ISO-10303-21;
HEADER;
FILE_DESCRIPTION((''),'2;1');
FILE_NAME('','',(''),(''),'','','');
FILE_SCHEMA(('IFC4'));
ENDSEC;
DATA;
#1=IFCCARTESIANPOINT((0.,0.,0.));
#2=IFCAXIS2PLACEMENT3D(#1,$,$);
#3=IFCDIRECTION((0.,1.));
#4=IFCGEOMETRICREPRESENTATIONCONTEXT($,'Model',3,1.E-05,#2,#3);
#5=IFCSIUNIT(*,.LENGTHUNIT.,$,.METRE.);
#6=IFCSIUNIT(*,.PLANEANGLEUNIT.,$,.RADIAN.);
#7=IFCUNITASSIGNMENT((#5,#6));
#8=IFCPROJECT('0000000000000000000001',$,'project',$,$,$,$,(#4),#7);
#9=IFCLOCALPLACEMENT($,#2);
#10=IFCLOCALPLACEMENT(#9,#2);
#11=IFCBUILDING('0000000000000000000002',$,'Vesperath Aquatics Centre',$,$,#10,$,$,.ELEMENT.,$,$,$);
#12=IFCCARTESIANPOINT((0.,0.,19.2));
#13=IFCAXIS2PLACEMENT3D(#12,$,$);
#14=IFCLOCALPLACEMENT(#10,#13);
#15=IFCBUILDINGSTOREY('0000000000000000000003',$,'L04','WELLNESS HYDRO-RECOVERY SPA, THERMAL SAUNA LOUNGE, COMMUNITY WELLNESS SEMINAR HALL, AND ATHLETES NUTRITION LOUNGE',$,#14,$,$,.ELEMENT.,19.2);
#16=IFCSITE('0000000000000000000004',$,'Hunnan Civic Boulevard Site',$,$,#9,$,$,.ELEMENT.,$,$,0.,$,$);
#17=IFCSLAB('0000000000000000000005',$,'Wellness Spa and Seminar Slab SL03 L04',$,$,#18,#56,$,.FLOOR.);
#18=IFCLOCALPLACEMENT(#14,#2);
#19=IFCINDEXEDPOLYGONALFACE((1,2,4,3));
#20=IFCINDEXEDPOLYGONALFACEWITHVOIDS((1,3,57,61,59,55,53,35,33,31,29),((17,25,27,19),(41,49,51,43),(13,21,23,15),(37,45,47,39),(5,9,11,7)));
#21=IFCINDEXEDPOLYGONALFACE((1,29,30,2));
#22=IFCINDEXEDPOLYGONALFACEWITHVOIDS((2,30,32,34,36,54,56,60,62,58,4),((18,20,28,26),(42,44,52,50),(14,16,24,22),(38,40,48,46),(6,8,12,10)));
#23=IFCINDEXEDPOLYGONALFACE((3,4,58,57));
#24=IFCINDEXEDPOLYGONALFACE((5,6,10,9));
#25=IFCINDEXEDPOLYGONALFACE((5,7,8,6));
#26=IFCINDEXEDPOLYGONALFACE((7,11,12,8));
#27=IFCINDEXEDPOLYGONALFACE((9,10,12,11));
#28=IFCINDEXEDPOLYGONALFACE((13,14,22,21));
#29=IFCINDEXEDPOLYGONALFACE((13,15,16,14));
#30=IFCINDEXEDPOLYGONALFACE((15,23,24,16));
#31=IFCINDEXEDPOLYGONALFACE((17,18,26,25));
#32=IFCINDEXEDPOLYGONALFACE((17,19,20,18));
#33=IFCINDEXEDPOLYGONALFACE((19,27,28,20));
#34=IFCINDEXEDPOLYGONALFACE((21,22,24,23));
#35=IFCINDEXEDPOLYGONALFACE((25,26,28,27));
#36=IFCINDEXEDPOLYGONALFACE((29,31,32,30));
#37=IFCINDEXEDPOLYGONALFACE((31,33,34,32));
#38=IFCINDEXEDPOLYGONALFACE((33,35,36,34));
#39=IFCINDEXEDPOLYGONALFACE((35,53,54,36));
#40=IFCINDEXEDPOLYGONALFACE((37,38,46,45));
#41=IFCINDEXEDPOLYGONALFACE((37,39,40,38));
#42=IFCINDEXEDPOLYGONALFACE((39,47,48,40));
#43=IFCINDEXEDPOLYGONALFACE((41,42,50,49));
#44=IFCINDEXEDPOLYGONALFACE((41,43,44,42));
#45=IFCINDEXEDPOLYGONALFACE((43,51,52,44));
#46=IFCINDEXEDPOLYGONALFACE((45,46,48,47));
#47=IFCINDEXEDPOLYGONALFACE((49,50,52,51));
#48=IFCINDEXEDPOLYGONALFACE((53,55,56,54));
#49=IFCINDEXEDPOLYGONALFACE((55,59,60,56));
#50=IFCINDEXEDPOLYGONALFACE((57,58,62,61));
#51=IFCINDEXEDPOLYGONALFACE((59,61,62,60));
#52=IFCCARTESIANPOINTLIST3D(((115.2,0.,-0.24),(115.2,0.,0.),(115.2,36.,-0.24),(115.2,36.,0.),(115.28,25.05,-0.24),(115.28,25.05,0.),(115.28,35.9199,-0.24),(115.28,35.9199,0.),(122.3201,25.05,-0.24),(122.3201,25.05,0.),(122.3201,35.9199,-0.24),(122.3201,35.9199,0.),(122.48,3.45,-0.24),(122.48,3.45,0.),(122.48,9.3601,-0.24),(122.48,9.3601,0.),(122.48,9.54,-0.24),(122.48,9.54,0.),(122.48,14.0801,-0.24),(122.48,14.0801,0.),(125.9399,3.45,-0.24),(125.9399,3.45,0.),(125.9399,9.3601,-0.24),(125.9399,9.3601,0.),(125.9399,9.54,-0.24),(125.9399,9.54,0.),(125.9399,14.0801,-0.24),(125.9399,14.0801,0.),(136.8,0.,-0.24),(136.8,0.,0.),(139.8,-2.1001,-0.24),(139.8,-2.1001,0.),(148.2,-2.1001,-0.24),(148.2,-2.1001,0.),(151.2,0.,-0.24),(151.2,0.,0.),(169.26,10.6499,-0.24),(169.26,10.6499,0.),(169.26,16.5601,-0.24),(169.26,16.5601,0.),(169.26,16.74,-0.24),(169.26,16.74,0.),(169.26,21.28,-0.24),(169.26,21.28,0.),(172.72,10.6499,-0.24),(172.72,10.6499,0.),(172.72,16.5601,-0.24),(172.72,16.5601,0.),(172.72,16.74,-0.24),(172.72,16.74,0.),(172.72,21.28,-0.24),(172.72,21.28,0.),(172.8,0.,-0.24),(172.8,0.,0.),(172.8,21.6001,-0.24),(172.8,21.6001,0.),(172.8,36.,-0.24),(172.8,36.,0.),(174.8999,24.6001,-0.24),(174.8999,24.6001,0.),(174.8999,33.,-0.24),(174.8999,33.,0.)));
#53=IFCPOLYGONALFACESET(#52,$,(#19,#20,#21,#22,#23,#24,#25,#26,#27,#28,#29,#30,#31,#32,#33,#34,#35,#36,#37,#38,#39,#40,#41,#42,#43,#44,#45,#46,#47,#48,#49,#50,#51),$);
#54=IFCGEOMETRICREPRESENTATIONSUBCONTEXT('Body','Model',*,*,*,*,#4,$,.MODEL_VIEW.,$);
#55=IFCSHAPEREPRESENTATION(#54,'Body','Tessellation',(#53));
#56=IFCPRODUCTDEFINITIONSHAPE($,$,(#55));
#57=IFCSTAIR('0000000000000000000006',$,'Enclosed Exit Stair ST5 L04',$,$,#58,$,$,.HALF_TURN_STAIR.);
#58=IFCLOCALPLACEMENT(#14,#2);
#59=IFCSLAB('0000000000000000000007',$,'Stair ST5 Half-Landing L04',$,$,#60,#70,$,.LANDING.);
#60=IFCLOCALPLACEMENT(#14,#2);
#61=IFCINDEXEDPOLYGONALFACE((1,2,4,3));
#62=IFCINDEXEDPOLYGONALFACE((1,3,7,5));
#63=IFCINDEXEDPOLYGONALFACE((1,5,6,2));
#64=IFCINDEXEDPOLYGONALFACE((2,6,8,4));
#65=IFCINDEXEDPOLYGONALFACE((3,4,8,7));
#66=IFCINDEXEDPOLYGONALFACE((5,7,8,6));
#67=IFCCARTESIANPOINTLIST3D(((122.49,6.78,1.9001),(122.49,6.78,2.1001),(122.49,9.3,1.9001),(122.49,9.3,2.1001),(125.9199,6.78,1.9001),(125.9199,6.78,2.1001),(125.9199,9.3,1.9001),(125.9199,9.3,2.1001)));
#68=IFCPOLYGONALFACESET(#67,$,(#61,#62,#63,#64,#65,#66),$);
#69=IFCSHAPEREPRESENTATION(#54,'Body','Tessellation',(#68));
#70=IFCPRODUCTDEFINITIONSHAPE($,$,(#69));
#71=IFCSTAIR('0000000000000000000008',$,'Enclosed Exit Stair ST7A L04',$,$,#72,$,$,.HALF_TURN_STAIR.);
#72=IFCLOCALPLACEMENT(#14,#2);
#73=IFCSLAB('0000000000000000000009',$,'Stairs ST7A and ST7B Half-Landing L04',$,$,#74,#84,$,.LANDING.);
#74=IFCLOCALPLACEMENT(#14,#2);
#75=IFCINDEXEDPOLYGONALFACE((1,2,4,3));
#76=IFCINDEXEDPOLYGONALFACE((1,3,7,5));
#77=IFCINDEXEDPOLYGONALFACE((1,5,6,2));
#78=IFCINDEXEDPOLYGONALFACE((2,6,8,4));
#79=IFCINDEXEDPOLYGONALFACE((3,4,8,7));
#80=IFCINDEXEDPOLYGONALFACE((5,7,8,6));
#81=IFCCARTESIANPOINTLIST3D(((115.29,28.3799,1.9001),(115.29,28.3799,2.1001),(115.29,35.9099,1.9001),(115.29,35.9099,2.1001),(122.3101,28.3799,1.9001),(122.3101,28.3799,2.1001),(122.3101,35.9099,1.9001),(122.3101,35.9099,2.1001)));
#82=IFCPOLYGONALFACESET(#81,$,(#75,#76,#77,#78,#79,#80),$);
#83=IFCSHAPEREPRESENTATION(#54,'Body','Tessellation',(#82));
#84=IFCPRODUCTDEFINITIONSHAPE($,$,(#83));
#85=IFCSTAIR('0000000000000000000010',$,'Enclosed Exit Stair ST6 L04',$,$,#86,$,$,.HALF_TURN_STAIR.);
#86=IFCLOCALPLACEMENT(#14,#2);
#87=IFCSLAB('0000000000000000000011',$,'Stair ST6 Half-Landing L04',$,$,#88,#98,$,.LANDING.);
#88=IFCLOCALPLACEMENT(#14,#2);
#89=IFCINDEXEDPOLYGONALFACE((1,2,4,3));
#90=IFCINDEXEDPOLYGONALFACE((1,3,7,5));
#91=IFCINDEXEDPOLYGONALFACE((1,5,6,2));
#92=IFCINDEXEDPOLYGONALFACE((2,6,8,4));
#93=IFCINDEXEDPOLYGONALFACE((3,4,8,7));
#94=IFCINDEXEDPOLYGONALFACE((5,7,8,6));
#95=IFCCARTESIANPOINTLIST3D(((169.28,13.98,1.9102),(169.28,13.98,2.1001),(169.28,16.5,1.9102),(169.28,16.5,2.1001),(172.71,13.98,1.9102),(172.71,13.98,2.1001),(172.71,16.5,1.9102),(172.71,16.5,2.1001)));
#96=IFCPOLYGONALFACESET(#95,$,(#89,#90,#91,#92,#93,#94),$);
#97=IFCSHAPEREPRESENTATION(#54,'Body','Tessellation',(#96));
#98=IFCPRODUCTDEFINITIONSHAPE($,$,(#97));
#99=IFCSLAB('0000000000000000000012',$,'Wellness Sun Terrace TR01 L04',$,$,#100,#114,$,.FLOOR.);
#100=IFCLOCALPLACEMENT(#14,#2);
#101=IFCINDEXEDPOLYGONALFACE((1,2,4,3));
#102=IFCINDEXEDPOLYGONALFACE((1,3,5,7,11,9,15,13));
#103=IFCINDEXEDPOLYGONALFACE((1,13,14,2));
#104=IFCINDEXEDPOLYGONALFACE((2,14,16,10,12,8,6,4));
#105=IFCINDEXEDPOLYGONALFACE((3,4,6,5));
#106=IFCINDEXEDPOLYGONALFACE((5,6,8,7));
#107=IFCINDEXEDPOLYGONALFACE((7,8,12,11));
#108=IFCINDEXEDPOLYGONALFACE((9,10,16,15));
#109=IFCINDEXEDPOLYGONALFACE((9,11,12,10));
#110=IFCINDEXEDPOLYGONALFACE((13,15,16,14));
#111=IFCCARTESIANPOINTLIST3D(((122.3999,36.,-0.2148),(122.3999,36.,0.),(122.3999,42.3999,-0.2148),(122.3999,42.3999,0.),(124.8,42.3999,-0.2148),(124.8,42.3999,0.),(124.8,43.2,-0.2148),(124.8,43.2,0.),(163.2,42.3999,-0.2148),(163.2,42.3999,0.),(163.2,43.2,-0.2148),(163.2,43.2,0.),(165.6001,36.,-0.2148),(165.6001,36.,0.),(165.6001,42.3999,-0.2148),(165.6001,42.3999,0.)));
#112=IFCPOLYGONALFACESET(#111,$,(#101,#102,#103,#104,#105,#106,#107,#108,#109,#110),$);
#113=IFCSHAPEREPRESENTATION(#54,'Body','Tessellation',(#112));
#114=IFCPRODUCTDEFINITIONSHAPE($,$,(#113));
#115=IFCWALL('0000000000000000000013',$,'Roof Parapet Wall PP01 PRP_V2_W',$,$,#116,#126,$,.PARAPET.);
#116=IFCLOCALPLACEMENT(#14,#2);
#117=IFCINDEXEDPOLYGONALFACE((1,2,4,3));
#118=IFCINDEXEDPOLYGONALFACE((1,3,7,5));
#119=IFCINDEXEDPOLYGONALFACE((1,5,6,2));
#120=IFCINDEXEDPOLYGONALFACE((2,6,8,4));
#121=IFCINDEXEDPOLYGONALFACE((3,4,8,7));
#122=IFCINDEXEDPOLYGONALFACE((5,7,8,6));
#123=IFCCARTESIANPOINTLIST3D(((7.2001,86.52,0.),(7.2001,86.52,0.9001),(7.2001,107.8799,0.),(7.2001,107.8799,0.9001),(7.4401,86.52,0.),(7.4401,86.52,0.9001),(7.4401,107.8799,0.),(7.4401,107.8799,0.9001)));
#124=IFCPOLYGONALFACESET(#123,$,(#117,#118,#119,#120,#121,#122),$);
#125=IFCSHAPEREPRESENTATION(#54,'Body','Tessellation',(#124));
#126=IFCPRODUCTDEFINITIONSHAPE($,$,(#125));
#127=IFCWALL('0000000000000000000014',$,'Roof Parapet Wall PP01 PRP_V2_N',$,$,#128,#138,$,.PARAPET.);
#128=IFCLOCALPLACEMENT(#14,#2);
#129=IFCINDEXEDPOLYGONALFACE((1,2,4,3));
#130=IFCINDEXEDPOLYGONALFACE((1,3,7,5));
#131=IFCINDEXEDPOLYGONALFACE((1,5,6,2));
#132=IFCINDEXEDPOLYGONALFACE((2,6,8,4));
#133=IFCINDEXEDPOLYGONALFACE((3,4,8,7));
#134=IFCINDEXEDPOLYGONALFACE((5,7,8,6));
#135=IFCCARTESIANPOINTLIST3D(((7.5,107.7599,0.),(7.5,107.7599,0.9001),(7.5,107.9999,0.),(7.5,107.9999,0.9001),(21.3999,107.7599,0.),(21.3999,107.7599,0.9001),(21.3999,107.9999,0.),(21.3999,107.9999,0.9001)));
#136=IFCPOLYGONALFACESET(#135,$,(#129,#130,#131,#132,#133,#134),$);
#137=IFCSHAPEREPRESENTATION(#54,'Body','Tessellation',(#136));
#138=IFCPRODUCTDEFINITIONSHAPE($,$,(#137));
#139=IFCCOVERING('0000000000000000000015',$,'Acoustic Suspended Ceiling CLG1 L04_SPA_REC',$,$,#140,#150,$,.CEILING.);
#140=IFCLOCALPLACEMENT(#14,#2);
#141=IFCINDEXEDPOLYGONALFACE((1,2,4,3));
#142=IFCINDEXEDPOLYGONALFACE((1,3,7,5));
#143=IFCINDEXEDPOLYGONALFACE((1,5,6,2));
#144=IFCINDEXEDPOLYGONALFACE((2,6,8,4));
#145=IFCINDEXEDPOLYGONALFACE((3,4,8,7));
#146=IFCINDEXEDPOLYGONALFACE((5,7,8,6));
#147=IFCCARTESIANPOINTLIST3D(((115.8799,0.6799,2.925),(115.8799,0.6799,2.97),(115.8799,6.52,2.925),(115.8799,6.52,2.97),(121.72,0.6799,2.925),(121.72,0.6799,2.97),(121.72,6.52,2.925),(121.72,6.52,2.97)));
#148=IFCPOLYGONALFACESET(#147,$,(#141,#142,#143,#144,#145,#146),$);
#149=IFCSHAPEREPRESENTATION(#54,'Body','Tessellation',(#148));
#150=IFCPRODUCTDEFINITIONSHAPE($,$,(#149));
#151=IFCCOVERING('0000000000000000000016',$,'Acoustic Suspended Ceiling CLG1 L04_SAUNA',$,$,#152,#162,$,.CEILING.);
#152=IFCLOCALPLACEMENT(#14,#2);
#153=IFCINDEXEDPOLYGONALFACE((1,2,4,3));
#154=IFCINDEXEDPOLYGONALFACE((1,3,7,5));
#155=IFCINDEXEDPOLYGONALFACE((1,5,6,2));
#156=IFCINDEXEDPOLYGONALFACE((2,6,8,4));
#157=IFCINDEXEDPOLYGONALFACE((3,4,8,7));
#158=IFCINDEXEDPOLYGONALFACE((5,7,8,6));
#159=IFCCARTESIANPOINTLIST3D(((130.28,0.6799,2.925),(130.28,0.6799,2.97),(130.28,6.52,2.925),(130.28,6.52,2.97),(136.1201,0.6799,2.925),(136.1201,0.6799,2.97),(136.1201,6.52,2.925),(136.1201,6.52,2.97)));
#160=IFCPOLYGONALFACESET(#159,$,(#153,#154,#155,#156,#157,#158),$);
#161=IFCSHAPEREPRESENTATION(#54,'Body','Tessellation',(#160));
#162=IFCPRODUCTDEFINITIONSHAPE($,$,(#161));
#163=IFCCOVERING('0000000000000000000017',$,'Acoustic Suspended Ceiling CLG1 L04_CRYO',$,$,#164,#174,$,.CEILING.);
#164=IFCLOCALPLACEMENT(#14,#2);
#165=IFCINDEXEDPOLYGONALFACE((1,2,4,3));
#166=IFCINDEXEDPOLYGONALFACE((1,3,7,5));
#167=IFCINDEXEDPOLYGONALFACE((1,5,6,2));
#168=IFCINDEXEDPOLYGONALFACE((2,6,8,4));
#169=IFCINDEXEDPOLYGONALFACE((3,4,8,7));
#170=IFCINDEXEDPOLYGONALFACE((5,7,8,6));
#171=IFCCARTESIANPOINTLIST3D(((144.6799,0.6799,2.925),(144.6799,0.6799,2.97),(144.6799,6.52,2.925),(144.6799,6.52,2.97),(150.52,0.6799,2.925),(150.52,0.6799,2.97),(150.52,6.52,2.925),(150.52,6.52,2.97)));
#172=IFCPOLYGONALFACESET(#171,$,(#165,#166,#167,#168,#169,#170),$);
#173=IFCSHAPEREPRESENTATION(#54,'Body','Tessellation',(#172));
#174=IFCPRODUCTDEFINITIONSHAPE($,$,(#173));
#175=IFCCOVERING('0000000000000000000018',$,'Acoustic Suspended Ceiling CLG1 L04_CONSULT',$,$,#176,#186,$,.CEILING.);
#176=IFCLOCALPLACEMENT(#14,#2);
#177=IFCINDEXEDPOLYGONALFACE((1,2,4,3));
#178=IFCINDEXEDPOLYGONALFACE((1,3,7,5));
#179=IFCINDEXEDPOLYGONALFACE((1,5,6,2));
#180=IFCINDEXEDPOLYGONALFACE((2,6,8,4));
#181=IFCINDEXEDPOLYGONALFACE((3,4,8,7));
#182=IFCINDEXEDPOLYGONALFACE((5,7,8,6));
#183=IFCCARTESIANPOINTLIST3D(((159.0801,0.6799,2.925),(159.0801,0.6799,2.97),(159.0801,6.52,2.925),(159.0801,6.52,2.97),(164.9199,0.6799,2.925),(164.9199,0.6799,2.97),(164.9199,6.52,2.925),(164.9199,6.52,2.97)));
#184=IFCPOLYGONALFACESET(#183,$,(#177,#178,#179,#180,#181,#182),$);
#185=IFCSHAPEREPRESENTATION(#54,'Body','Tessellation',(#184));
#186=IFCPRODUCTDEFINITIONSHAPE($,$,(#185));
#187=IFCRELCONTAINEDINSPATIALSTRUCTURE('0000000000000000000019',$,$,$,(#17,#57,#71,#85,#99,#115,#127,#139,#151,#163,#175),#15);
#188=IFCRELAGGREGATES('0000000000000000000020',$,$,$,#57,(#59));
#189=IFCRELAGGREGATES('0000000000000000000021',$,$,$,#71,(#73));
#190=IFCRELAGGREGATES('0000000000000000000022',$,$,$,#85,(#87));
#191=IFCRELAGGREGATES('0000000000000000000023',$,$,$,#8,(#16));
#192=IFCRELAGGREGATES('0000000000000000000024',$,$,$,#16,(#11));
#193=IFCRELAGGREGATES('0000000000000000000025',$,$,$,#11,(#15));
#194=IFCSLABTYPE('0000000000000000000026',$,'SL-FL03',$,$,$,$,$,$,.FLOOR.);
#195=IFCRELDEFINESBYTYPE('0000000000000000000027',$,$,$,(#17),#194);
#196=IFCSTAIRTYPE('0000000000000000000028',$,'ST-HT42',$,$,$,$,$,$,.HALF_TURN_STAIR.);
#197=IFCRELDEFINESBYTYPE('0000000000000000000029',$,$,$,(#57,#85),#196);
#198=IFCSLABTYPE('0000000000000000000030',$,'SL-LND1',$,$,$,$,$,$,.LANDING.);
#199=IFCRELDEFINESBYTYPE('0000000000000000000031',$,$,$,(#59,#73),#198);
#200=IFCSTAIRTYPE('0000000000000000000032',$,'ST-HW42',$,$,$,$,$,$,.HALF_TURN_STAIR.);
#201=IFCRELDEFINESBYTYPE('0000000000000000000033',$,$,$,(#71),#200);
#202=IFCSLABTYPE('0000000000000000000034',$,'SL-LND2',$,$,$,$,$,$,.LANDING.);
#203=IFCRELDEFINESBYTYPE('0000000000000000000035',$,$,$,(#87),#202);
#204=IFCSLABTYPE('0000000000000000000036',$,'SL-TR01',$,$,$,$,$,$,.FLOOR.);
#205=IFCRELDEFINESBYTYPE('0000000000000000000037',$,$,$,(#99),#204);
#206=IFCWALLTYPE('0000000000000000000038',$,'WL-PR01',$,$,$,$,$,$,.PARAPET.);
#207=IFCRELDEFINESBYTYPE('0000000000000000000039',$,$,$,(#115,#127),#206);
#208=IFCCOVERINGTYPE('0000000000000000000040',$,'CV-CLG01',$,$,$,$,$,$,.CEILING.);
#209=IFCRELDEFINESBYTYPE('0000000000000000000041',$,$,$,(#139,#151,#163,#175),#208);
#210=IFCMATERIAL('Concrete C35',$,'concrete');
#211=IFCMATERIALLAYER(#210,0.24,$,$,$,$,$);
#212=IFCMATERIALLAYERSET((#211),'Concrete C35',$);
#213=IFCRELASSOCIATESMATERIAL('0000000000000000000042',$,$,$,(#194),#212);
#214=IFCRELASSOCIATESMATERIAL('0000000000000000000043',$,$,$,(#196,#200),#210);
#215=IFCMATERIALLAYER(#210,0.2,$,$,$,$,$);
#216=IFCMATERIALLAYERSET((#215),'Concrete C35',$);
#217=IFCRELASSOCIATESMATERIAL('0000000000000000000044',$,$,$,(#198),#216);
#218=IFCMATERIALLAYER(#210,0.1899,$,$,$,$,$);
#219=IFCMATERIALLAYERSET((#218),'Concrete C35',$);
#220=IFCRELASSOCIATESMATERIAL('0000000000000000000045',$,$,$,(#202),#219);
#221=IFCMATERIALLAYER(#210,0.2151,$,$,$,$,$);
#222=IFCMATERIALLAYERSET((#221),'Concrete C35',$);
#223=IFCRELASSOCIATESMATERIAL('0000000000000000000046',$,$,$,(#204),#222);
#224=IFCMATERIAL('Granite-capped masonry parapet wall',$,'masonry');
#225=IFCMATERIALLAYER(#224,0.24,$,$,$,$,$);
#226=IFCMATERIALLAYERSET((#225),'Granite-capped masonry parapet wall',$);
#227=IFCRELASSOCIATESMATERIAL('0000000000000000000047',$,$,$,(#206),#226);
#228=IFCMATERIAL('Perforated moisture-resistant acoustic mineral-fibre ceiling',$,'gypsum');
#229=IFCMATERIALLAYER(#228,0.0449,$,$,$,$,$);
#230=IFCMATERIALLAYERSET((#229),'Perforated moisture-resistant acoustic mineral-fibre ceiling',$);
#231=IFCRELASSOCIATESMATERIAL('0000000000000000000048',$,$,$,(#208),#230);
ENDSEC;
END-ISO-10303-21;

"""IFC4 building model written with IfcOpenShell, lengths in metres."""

from ifc_helpers import new_model, si_unit, direction, frame, frame_2d, origin, place, context, subcontext, project, spatial, polyline, rectangle, outline, extrude, material, layer, layer_set, type_object, element, aggregate, save


model = new_model("IFC4")

# Units and contexts
model_context = context("Model", 3, precision=1e-05, world=origin(), true_north=direction((0.0, 1.0)))
body_context = subcontext(model_context, "Body", "Model", "MODEL_VIEW")
ifc_project = project(units=[si_unit("LENGTHUNIT", "METRE"), si_unit("PLANEANGLEUNIT", "RADIAN")], contexts=[model_context])

# Site, building, storey
site_placement = place(None, origin())
site = spatial("IfcSite", under=ifc_project, at=site_placement, Name="Hunnan Civic Boulevard Site", CompositionType="ELEMENT", RefElevation=0.0)
building_placement = place(site_placement, origin())
building = spatial("IfcBuilding", under=site, at=building_placement, Name="Vesperath Aquatics Centre", CompositionType="ELEMENT")
storey_placement = place(building_placement, frame((0.0, 0.0, 19.2)))
storey = spatial("IfcBuildingStorey", under=building, at=storey_placement, Name="L04", Description="WELLNESS HYDRO-RECOVERY SPA, THERMAL SAUNA LOUNGE, COMMUNITY WELLNESS SEMINAR HALL, AND ATHLETES NUTRITION LOUNGE", CompositionType="ELEMENT", Elevation=19.2)

# Slab
ifc_material_1 = material(Name="Concrete C35", Category="concrete")
ifc_layer_1 = layer(ifc_material_1, 0.24)
ifc_layer_set_1 = layer_set([ifc_layer_1], Name="Concrete C35")
slab_type_1 = type_object("IfcSlabType", Name="SL-FL03", PredefinedType="FLOOR", material=ifc_layer_set_1)
slab_1_placement = place(storey_placement, frame((0.0, 0.0, -0.24)))
element("IfcSlab", 1, at=slab_1_placement, inside=storey, type_object=slab_type_1, Name="Wellness Spa and Seminar Slab SL03 L04", PredefinedType="FLOOR", context=body_context, shape_type="SweptSolid", body=[
    extrude(outline(polyline([(115.2, 0.0), (136.8, 0.0), (139.8, -2.1001), (148.2, -2.1001), (151.2, 0.0), (172.8, 0.0), (172.8, 21.6001), (174.8999, 24.6001), (174.8999, 33.0), (172.8, 36.0), (115.2, 36.0), (115.2, 0.0)]), holes=[polyline([(122.48, 3.45), (125.9399, 3.45), (125.9399, 9.3601), (122.48, 9.3601), (122.48, 3.45)]), polyline([(122.48, 9.54), (125.9399, 9.54), (125.9399, 14.0801), (122.48, 14.0801), (122.48, 9.54)]), polyline([(169.26, 10.6499), (172.72, 10.6499), (172.72, 16.5601), (169.26, 16.5601), (169.26, 10.6499)]), polyline([(169.26, 16.74), (172.72, 16.74), (172.72, 21.28), (169.26, 21.28), (169.26, 16.74)]), polyline([(115.28, 25.05), (122.3201, 25.05), (122.3201, 35.9199), (115.28, 35.9199), (115.28, 25.05)])]), origin(), (0.0, 0.0, 1.0), 0.24),
])

# Stairs, slabs
stair_type_1 = type_object("IfcStairType", Name="ST-HT42", PredefinedType="HALF_TURN_STAIR", material=ifc_material_1)
stair_1_placement = place(storey_placement, origin())
stair_1 = element("IfcStair", 2, at=stair_1_placement, inside=storey, type_object=stair_type_1, Name="Enclosed Exit Stair ST5 L04", PredefinedType="HALF_TURN_STAIR")
ifc_layer_2 = layer(ifc_material_1, 0.2)
ifc_layer_set_2 = layer_set([ifc_layer_2], Name="Concrete C35")
slab_type_2 = type_object("IfcSlabType", Name="SL-LND1", PredefinedType="LANDING", material=ifc_layer_set_2)
slab_2_placement = place(storey_placement, frame((0.0, 0.0, 1.9001)))
slab_2 = element("IfcSlab", 3, at=slab_2_placement, type_object=slab_type_2, Name="Stair ST5 Half-Landing L04", PredefinedType="LANDING", context=body_context, shape_type="SweptSolid", body=[
    extrude(outline(polyline([(122.49, 6.78), (125.9199, 6.78), (125.9199, 9.3), (122.49, 9.3), (122.49, 6.78)])), origin(), (0.0, 0.0, 1.0), 0.2),
])
aggregate(stair_1, [slab_2])
stair_type_2 = type_object("IfcStairType", Name="ST-HW42", PredefinedType="HALF_TURN_STAIR", material=ifc_material_1)
stair_2_placement = place(storey_placement, origin())
stair_2 = element("IfcStair", 4, at=stair_2_placement, inside=storey, type_object=stair_type_2, Name="Enclosed Exit Stair ST7A L04", PredefinedType="HALF_TURN_STAIR")
slab_3_placement = place(storey_placement, frame((0.0, 0.0, 1.9001)))
slab_3 = element("IfcSlab", 5, at=slab_3_placement, type_object=slab_type_2, Name="Stairs ST7A and ST7B Half-Landing L04", PredefinedType="LANDING", context=body_context, shape_type="SweptSolid", body=[
    extrude(outline(polyline([(115.29, 28.3799), (122.3101, 28.3799), (122.3101, 35.9099), (115.29, 35.9099), (115.29, 28.3799)])), origin(), (0.0, 0.0, 1.0), 0.2),
])
aggregate(stair_2, [slab_3])
stair_3_placement = place(storey_placement, origin())
stair_3 = element("IfcStair", 6, at=stair_3_placement, inside=storey, type_object=stair_type_1, Name="Enclosed Exit Stair ST6 L04", PredefinedType="HALF_TURN_STAIR")
ifc_layer_3 = layer(ifc_material_1, 0.1899)
ifc_layer_set_3 = layer_set([ifc_layer_3], Name="Concrete C35")
slab_type_3 = type_object("IfcSlabType", Name="SL-LND2", PredefinedType="LANDING", material=ifc_layer_set_3)
slab_4_placement = place(storey_placement, frame((0.0, 0.0, 1.9102)))
slab_4 = element("IfcSlab", 7, at=slab_4_placement, type_object=slab_type_3, Name="Stair ST6 Half-Landing L04", PredefinedType="LANDING", context=body_context, shape_type="SweptSolid", body=[
    extrude(outline(polyline([(169.28, 13.98), (172.71, 13.98), (172.71, 16.5), (169.28, 16.5), (169.28, 13.98)])), origin(), (0.0, 0.0, 1.0), 0.1899),
])
aggregate(stair_3, [slab_4])

# Slab
ifc_layer_4 = layer(ifc_material_1, 0.2151)
ifc_layer_set_4 = layer_set([ifc_layer_4], Name="Concrete C35")
slab_type_4 = type_object("IfcSlabType", Name="SL-TR01", PredefinedType="FLOOR", material=ifc_layer_set_4)
slab_5_placement = place(storey_placement, frame((0.0, 0.0, -0.2148)))
element("IfcSlab", 8, at=slab_5_placement, inside=storey, type_object=slab_type_4, Name="Wellness Sun Terrace TR01 L04", PredefinedType="FLOOR", context=body_context, shape_type="SweptSolid", body=[
    extrude(outline(polyline([(122.3999, 36.0), (165.6001, 36.0), (165.6001, 42.3999), (163.2, 42.3999), (163.2, 43.2), (124.8, 43.2), (124.8, 42.3999), (122.3999, 42.3999), (122.3999, 36.0)])), origin(), (0.0, 0.0, 1.0), 0.2148),
])

# Walls
ifc_material_2 = material(Name="Granite-capped masonry parapet wall", Category="masonry")
ifc_layer_5 = layer(ifc_material_2, 0.24)
ifc_layer_set_5 = layer_set([ifc_layer_5], Name="Granite-capped masonry parapet wall")
wall_type = type_object("IfcWallType", Name="WL-PR01", PredefinedType="PARAPET", material=ifc_layer_set_5)
wall_1_placement = place(storey_placement, frame((7.3201, 86.52, 0.0), z_axis=(0.0, 0.0, 1.0), x_axis=(0.0, 1.0, 0.0)))
element("IfcWall", 9, at=wall_1_placement, inside=storey, type_object=wall_type, Name="Roof Parapet Wall PP01 PRP_V2_W", PredefinedType="PARAPET", context=body_context, shape_type="SweptSolid", body=[
    extrude(rectangle(XDim=21.3599, YDim=0.24, at=frame_2d((10.6799, 0.0))), origin(), (0.0, 0.0, 1.0), 0.9001),
])
wall_2_placement = place(storey_placement, frame((7.5, 107.8799, 0.0), z_axis=(0.0, 0.0, 1.0), x_axis=(1.0, 0.0, 0.0)))
element("IfcWall", 10, at=wall_2_placement, inside=storey, type_object=wall_type, Name="Roof Parapet Wall PP01 PRP_V2_N", PredefinedType="PARAPET", context=body_context, shape_type="SweptSolid", body=[
    extrude(rectangle(XDim=13.8999, YDim=0.24, at=frame_2d((6.95, 0.0))), origin(), (0.0, 0.0, 1.0), 0.9001),
])

# Coverings
ifc_material_3 = material(Name="Perforated moisture-resistant acoustic mineral-fibre ceiling", Category="gypsum")
ifc_layer_6 = layer(ifc_material_3, 0.0449)
ifc_layer_set_6 = layer_set([ifc_layer_6], Name="Perforated moisture-resistant acoustic mineral-fibre ceiling")
covering_type_1 = type_object("IfcCoveringType", Name="CV-CLG01", PredefinedType="CEILING", material=ifc_layer_set_6)
covering_1_placement = place(storey_placement, frame((0.0, 0.0, 2.925)))
element("IfcCovering", 11, at=covering_1_placement, inside=storey, type_object=covering_type_1, Name="Acoustic Suspended Ceiling CLG1 L04_SPA_REC", PredefinedType="CEILING", context=body_context, shape_type="SweptSolid", body=[
    extrude(outline(polyline([(115.8799, 0.6799), (121.72, 0.6799), (121.72, 6.52), (115.8799, 6.52), (115.8799, 0.6799)])), origin(), (0.0, 0.0, 1.0), 0.0449),
])
covering_2_placement = place(storey_placement, frame((0.0, 0.0, 2.925)))
element("IfcCovering", 12, at=covering_2_placement, inside=storey, type_object=covering_type_1, Name="Acoustic Suspended Ceiling CLG1 L04_SAUNA", PredefinedType="CEILING", context=body_context, shape_type="SweptSolid", body=[
    extrude(outline(polyline([(130.28, 0.6799), (136.1201, 0.6799), (136.1201, 6.52), (130.28, 6.52), (130.28, 0.6799)])), origin(), (0.0, 0.0, 1.0), 0.0449),
])
covering_3_placement = place(storey_placement, frame((0.0, 0.0, 2.925)))
element("IfcCovering", 13, at=covering_3_placement, inside=storey, type_object=covering_type_1, Name="Acoustic Suspended Ceiling CLG1 L04_CRYO", PredefinedType="CEILING", context=body_context, shape_type="SweptSolid", body=[
    extrude(outline(polyline([(144.6799, 0.6799), (150.52, 0.6799), (150.52, 6.52), (144.6799, 6.52), (144.6799, 0.6799)])), origin(), (0.0, 0.0, 1.0), 0.0449),
])
covering_4_placement = place(storey_placement, frame((0.0, 0.0, 2.925)))
element("IfcCovering", 14, at=covering_4_placement, inside=storey, type_object=covering_type_1, Name="Acoustic Suspended Ceiling CLG1 L04_CONSULT", PredefinedType="CEILING", context=body_context, shape_type="SweptSolid", body=[
    extrude(outline(polyline([(159.0801, 0.6799), (164.9199, 0.6799), (164.9199, 6.52), (159.0801, 6.52), (159.0801, 0.6799)])), origin(), (0.0, 0.0, 1.0), 0.0449),
])

save(model, "model.ifc")
